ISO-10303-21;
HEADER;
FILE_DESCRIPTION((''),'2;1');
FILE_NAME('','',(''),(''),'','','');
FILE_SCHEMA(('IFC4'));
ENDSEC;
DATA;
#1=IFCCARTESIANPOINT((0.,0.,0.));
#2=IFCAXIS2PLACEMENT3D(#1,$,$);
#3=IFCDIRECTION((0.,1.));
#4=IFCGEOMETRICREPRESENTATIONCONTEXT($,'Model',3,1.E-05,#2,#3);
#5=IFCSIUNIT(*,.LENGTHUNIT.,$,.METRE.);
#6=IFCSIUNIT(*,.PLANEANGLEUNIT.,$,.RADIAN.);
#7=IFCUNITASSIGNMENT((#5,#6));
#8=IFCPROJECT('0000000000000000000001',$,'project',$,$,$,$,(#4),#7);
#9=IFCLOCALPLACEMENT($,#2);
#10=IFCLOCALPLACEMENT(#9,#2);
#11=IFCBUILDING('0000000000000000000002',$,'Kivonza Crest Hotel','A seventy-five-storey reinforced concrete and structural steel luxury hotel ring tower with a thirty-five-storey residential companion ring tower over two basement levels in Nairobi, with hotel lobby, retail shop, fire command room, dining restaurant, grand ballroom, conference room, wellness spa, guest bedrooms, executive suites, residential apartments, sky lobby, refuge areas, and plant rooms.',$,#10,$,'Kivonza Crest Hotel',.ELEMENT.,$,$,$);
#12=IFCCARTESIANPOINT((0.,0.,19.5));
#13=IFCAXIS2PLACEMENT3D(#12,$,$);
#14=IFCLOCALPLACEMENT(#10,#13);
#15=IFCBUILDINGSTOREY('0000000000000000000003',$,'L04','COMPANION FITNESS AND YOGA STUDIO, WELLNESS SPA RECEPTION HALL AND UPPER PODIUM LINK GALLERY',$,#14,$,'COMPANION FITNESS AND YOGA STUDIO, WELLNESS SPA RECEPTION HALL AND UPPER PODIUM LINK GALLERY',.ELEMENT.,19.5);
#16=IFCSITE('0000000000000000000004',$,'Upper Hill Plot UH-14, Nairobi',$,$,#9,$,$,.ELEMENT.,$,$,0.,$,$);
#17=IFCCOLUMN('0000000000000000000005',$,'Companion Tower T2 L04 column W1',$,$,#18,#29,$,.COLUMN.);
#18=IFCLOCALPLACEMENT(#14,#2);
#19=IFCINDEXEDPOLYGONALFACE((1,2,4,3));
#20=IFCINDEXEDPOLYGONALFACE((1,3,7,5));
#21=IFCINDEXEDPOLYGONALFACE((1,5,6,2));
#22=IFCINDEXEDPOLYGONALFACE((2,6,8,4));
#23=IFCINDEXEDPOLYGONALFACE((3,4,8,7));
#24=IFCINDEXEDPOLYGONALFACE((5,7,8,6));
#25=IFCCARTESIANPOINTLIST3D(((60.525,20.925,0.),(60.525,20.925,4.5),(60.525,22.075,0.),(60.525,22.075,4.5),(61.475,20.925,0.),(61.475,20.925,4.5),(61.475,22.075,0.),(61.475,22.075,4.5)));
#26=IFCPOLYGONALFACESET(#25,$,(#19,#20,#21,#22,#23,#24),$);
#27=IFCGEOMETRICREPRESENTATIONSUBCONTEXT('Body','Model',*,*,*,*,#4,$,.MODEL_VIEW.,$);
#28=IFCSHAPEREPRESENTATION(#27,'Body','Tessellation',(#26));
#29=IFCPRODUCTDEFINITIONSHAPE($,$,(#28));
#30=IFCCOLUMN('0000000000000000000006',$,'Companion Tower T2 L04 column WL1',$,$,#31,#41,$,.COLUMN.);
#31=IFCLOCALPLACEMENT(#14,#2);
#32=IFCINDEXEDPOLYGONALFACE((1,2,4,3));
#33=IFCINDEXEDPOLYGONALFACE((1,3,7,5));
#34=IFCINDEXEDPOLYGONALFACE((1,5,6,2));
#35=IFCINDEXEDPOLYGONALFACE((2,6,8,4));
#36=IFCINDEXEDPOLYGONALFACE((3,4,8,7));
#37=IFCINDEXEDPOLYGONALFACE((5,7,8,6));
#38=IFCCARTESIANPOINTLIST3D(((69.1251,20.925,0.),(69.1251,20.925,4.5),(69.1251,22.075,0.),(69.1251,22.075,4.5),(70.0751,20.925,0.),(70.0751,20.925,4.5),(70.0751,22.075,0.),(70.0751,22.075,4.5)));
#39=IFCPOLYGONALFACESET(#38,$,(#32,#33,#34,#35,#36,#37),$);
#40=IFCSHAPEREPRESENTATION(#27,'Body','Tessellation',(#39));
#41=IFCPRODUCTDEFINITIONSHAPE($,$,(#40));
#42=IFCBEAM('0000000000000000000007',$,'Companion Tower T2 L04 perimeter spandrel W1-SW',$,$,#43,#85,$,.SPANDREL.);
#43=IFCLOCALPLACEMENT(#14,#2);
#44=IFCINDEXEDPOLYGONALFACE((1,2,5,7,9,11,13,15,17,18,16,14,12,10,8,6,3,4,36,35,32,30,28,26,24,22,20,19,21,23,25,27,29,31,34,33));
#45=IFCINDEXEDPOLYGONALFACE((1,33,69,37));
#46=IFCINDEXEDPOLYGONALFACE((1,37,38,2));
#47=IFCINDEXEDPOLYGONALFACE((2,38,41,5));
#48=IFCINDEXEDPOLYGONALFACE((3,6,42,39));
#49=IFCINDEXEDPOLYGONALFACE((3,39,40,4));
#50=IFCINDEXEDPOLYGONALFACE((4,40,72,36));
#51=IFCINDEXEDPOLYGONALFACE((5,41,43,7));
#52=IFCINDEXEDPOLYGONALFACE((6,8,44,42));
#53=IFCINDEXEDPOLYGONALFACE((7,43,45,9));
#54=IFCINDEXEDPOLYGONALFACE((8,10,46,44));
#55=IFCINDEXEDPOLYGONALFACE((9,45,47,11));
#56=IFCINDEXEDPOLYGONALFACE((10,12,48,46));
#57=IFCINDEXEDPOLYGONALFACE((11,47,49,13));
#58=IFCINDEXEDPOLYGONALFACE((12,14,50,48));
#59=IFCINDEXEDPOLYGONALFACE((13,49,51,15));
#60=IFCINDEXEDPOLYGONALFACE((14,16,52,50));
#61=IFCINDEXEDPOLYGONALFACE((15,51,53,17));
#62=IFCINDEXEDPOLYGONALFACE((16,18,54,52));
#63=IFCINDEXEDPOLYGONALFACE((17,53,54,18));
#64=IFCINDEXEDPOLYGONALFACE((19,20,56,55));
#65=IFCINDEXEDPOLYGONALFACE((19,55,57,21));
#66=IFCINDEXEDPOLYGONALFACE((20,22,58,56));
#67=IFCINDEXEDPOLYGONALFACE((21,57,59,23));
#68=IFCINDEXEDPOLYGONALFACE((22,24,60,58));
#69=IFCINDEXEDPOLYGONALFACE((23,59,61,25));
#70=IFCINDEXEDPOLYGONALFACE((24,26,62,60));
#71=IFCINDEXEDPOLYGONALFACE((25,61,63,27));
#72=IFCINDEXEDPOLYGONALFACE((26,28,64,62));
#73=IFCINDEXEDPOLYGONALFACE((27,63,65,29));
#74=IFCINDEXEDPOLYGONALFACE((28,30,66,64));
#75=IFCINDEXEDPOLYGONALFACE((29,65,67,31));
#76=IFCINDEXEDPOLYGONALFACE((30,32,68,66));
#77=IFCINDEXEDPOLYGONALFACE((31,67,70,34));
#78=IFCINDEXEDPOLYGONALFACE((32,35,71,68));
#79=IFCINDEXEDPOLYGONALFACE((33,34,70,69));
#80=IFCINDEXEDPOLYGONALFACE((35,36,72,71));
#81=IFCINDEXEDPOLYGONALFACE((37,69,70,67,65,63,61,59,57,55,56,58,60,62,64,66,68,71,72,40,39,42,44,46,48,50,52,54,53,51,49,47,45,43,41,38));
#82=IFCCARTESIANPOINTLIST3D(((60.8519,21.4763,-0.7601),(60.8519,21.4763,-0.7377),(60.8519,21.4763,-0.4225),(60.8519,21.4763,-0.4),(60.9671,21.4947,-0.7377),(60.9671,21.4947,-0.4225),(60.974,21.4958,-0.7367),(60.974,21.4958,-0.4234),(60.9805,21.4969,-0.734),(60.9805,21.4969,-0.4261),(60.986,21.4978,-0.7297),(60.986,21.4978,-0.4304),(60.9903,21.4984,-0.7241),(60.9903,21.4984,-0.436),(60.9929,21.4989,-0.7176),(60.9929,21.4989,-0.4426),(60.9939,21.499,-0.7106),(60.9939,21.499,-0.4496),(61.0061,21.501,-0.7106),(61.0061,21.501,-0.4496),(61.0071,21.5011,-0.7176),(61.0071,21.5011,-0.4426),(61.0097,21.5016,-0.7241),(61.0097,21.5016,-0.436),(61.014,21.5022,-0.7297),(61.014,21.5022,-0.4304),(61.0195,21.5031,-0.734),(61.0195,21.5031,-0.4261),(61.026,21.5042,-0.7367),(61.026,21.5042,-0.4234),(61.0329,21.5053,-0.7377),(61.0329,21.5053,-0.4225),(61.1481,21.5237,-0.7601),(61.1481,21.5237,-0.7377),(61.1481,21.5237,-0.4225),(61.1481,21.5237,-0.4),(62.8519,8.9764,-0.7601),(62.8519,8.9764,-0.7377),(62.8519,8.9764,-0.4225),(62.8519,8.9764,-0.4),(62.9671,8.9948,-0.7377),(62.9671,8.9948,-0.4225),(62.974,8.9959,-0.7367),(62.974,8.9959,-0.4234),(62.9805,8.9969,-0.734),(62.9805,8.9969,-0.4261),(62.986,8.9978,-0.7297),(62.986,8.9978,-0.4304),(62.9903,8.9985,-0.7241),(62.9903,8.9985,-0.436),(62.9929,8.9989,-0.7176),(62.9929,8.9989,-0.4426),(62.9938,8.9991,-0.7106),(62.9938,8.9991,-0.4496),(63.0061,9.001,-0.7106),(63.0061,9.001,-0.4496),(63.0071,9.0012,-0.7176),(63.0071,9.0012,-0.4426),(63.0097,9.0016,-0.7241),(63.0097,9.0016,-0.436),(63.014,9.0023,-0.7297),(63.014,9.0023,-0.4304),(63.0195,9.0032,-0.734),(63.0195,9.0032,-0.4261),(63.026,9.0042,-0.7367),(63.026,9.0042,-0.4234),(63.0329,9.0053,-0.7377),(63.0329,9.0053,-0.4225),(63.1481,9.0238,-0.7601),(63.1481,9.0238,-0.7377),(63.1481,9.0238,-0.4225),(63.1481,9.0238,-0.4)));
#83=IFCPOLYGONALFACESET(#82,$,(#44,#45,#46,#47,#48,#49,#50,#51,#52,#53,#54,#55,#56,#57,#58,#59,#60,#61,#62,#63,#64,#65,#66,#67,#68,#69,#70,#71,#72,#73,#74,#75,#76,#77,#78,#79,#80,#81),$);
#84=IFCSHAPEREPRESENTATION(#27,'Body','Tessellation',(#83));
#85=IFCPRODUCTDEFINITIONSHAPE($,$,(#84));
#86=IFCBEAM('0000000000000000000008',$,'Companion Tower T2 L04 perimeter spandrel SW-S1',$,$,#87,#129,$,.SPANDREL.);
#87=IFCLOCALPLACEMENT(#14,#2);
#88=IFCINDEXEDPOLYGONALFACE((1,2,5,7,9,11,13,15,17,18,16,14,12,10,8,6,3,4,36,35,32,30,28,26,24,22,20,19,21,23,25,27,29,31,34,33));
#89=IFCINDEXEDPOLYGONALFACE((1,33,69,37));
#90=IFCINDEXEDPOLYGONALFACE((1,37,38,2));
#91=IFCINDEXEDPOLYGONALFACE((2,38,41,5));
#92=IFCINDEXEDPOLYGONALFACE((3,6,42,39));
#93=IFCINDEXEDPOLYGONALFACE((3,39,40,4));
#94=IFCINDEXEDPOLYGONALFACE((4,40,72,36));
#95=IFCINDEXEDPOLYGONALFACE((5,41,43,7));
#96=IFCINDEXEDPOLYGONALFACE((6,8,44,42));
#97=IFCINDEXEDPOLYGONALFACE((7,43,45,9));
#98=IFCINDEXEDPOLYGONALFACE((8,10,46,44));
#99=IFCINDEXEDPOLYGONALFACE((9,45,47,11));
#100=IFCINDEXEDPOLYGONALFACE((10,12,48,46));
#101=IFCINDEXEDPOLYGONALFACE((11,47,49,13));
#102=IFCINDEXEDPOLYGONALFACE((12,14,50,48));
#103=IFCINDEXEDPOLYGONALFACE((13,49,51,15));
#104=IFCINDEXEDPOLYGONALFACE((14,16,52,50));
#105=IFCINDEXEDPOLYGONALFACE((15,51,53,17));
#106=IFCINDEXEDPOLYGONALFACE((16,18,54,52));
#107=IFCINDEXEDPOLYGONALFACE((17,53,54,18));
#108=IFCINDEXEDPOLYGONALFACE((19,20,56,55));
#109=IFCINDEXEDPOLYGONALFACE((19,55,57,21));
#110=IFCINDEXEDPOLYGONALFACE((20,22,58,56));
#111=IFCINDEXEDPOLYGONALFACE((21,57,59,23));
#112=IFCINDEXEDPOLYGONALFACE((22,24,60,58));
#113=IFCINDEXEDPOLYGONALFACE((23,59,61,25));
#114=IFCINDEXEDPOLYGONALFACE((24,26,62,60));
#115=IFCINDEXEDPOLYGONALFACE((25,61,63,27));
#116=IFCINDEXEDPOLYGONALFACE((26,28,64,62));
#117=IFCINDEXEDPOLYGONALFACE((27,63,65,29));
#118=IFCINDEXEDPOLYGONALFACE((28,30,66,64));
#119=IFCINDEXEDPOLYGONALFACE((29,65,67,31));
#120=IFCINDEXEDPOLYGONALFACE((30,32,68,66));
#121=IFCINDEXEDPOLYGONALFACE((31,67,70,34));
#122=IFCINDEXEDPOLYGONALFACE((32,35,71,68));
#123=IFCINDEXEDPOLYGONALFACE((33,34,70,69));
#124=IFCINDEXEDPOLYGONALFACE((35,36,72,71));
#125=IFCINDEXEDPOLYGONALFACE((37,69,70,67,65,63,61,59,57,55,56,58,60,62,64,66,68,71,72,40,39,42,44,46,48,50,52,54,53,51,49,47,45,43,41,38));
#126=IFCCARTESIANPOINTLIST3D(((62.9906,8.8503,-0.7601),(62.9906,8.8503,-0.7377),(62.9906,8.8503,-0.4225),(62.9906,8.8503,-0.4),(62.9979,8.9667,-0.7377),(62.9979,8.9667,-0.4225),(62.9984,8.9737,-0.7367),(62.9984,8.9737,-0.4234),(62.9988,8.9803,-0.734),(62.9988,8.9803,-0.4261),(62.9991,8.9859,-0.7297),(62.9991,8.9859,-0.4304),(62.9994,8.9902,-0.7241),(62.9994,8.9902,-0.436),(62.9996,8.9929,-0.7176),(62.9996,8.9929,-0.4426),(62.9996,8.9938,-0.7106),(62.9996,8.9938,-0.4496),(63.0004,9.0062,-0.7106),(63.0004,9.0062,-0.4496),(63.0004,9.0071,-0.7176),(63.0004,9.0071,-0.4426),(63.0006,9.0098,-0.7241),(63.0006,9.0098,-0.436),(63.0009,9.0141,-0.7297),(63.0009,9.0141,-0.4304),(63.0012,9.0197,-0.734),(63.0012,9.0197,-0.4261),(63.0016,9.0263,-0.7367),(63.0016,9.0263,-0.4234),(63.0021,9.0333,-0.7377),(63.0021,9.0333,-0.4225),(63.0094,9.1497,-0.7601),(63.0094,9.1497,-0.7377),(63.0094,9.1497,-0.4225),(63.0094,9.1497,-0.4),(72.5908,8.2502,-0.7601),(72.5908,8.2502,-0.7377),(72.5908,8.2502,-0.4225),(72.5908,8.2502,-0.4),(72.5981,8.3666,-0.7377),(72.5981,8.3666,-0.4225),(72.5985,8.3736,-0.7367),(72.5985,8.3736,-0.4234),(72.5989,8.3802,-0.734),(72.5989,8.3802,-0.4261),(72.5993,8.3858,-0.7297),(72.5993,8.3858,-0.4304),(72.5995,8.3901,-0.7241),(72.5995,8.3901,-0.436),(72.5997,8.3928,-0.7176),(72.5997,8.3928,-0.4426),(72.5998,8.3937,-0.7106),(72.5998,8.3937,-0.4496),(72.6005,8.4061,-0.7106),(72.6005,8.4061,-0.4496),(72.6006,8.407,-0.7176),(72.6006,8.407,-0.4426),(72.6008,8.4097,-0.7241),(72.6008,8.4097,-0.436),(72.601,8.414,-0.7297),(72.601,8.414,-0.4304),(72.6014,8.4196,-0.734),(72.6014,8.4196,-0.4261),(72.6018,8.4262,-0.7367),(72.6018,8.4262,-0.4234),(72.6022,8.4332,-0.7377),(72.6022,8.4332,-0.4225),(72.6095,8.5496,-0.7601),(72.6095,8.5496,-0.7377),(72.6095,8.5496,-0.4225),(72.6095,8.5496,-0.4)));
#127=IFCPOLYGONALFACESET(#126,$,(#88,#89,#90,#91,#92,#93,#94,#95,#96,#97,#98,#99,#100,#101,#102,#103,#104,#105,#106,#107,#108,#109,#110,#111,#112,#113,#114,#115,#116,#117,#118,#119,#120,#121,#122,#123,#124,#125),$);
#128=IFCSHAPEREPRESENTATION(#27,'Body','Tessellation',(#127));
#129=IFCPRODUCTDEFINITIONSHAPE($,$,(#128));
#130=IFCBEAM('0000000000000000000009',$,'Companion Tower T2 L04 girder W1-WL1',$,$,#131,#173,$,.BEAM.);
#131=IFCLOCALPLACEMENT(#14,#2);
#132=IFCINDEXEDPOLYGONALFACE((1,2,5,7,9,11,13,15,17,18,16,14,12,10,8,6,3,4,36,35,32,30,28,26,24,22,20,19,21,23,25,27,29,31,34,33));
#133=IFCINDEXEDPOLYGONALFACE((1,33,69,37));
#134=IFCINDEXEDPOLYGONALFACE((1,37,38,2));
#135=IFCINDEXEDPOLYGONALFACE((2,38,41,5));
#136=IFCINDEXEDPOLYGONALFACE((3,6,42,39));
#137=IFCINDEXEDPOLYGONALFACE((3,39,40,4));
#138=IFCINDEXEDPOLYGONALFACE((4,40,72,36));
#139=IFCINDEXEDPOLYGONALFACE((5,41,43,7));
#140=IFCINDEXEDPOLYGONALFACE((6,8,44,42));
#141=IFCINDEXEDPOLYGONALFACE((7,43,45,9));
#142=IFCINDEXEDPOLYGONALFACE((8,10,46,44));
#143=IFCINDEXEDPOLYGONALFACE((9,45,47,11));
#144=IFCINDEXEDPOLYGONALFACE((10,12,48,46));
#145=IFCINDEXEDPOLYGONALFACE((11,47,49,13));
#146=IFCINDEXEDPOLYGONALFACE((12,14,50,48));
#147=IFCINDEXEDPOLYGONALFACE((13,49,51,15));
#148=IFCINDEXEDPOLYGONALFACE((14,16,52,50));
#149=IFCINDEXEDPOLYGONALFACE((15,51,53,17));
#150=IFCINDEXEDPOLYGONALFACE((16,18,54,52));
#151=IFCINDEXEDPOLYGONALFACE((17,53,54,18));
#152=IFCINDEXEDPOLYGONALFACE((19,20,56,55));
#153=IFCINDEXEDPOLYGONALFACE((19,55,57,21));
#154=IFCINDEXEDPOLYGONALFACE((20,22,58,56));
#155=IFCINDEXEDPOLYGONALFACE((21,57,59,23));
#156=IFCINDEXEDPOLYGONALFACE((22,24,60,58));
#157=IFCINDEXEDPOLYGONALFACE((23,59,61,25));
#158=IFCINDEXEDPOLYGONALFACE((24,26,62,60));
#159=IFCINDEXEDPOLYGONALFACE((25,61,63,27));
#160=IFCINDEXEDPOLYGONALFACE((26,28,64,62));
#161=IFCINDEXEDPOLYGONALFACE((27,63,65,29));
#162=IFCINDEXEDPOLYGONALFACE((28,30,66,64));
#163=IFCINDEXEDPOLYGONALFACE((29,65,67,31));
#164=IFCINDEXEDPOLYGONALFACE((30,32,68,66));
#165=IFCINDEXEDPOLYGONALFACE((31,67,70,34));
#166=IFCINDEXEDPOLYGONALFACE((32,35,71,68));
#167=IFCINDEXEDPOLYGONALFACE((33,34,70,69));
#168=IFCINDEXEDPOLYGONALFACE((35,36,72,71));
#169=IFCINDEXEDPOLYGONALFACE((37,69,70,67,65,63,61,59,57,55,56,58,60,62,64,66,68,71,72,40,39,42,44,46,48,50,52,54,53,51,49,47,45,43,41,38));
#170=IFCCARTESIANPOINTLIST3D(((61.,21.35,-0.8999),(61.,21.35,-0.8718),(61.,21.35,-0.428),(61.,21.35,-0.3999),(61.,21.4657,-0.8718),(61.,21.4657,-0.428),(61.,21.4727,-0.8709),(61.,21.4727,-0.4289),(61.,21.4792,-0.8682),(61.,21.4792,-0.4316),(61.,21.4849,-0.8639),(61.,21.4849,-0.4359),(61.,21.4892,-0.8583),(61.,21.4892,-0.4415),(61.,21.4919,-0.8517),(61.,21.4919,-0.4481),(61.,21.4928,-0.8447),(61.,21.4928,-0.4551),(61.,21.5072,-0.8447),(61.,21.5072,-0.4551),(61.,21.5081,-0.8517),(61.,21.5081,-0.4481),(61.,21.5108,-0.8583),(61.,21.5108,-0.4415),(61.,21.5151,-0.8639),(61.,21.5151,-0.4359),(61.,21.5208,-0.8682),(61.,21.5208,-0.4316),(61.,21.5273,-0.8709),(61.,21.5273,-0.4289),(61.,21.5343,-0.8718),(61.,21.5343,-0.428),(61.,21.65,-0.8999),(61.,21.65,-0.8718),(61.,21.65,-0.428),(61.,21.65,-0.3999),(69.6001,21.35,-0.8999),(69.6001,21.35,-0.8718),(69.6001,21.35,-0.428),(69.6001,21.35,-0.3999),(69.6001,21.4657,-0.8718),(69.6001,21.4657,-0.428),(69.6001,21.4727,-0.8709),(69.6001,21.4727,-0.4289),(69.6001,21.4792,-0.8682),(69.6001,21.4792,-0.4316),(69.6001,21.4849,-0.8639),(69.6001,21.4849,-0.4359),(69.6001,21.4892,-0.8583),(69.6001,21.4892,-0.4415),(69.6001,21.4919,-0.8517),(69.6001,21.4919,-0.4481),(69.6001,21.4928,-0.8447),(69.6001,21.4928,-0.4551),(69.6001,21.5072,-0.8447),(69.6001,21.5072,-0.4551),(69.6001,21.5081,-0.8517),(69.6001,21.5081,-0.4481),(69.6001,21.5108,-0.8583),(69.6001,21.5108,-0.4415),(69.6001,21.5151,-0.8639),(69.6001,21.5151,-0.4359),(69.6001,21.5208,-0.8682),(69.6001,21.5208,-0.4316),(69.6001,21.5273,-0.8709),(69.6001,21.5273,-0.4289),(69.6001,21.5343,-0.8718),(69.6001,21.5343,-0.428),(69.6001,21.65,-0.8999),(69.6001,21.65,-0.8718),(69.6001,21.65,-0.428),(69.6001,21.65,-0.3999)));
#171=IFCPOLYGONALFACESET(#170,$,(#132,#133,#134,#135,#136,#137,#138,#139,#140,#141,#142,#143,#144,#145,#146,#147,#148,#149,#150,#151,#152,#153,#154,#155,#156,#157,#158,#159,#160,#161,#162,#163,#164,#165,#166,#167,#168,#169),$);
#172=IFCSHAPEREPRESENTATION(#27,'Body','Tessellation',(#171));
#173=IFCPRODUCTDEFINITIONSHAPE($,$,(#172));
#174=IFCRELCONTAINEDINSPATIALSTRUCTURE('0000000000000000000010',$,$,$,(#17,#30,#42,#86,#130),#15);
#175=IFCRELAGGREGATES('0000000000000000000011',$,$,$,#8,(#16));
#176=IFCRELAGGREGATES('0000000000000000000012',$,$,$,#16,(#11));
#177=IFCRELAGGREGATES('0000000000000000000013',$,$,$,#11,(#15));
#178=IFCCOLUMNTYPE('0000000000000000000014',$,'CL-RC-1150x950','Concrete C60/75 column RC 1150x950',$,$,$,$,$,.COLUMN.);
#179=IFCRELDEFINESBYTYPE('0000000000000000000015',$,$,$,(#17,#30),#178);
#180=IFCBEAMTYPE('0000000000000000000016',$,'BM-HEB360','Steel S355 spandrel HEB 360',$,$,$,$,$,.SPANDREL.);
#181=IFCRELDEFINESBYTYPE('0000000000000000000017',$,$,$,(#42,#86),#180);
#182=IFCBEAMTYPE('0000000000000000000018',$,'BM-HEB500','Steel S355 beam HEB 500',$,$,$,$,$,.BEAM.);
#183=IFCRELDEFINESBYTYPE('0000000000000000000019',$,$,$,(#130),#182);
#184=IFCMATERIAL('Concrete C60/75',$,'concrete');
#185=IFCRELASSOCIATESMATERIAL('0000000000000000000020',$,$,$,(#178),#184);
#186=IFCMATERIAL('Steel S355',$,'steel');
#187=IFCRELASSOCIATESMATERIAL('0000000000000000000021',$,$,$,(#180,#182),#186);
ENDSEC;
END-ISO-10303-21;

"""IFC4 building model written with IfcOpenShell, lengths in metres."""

from ifc_helpers import new_model, si_unit, direction, frame, origin, origin_2d, place, context, subcontext, project, spatial, rectangle, i_section, extrude, material, material_profile, profile_set, type_object, element, save


model = new_model("IFC4")

# Units and contexts
model_context = context("Model", 3, precision=1e-05, world=origin(), true_north=direction((0.0, 1.0)))
body_context = subcontext(model_context, "Body", "Model", "MODEL_VIEW")
ifc_project = project(units=[si_unit("LENGTHUNIT", "METRE"), si_unit("PLANEANGLEUNIT", "RADIAN")], contexts=[model_context])

# Site, building, storey
site_placement = place(None, origin())
site = spatial("IfcSite", under=ifc_project, at=site_placement, Name="Upper Hill Plot UH-14, Nairobi", CompositionType="ELEMENT", RefElevation=0.0)
building_placement = place(site_placement, origin())
building = spatial("IfcBuilding", under=site, at=building_placement, Name="Kivonza Crest Hotel", Description="A seventy-five-storey reinforced concrete and structural steel luxury hotel ring tower with a thirty-five-storey residential companion ring tower over two basement levels in Nairobi, with hotel lobby, retail shop, fire command room, dining restaurant, grand ballroom, conference room, wellness spa, guest bedrooms, executive suites, residential apartments, sky lobby, refuge areas, and plant rooms.", LongName="Kivonza Crest Hotel", CompositionType="ELEMENT")
storey_placement = place(building_placement, frame((0.0, 0.0, 19.5)))
storey = spatial("IfcBuildingStorey", under=building, at=storey_placement, Name="L04", Description="COMPANION FITNESS AND YOGA STUDIO, WELLNESS SPA RECEPTION HALL AND UPPER PODIUM LINK GALLERY", LongName="COMPANION FITNESS AND YOGA STUDIO, WELLNESS SPA RECEPTION HALL AND UPPER PODIUM LINK GALLERY", CompositionType="ELEMENT", Elevation=19.5)

# Columns
ifc_material_1 = material(Name="Concrete C60/75", Category="concrete")
ifc_material_profile_1 = material_profile(ifc_material_1, rectangle(XDim=0.95, YDim=1.1499, at=origin_2d()), Name="RC 1150x950")
ifc_profile_set_1 = profile_set([ifc_material_profile_1], Name="Concrete C60/75")
column_type = type_object("IfcColumnType", Name="CL-RC-1150x950", Description="Concrete C60/75 column RC 1150x950", PredefinedType="COLUMN", material=ifc_profile_set_1)
for number, where, z_axis, x_axis, name in (
    (1, (61.0, 21.5, 0.0), (0.0, 0.0, 1.0), (1.0, 0.0, 0.0), "Companion Tower T2 L04 column W1"),
    (2, (69.6001, 21.5, 0.0), (0.0, 0.0, 1.0), (1.0, 0.0, 0.0), "Companion Tower T2 L04 column WL1"),
):
    element("IfcColumn", number, at=place(storey_placement, frame(where, z_axis=z_axis, x_axis=x_axis)), inside=storey, type_object=column_type, Name=name, PredefinedType="COLUMN", context=body_context, shape_type="SweptSolid", body=[
        extrude(rectangle(XDim=0.95, YDim=1.1499, at=origin_2d()), origin(), (0.0, 0.0, 1.0), 4.5),
    ])

# Beams
ifc_material_2 = material(Name="Steel S355", Category="steel")
ifc_material_profile_2 = material_profile(ifc_material_2, i_section(OverallWidth=0.3, OverallDepth=0.3601, WebThickness=0.0125, FlangeThickness=0.0225, FilletRadius=0.0271, at=origin_2d()), Name="HEB 360")
ifc_profile_set_2 = profile_set([ifc_material_profile_2], Name="Steel S355")
beam_type_1 = type_object("IfcBeamType", Name="BM-HEB360", Description="Steel S355 spandrel HEB 360", PredefinedType="SPANDREL", material=ifc_profile_set_2)
beam_1_placement = place(storey_placement, frame((61.0, 21.5, -0.5801), z_axis=(0.157991, -0.987441, 0.0), x_axis=(0.987441, 0.157991, 0.0)))
element("IfcBeam", 3, at=beam_1_placement, inside=storey, type_object=beam_type_1, Name="Companion Tower T2 L04 perimeter spandrel W1-SW", PredefinedType="SPANDREL", context=body_context, shape_type="SweptSolid", body=[
    extrude(i_section(OverallWidth=0.3, OverallDepth=0.3601, WebThickness=0.0125, FlangeThickness=0.0225, FilletRadius=0.0271, at=origin_2d()), origin(), (0.0, 0.0, 1.0), 12.6589),
])
beam_2_placement = place(storey_placement, frame((63.0, 9.0, -0.5801), z_axis=(0.998052, -0.062388, 0.0), x_axis=(0.062388, 0.998052, 0.0)))
element("IfcBeam", 4, at=beam_2_placement, inside=storey, type_object=beam_type_1, Name="Companion Tower T2 L04 perimeter spandrel SW-S1", PredefinedType="SPANDREL", context=body_context, shape_type="SweptSolid", body=[
    extrude(i_section(OverallWidth=0.3, OverallDepth=0.3601, WebThickness=0.0125, FlangeThickness=0.0225, FilletRadius=0.0271, at=origin_2d()), origin(), (0.0, 0.0, 1.0), 9.6189),
])
ifc_material_profile_3 = material_profile(ifc_material_2, i_section(OverallWidth=0.3, OverallDepth=0.5, WebThickness=0.0144, FlangeThickness=0.0281, FilletRadius=0.0271, at=origin_2d()), Name="HEB 500")
ifc_profile_set_3 = profile_set([ifc_material_profile_3], Name="Steel S355")
beam_type_2 = type_object("IfcBeamType", Name="BM-HEB500", Description="Steel S355 beam HEB 500", PredefinedType="BEAM", material=ifc_profile_set_3)
beam_3_placement = place(storey_placement, frame((61.0, 21.5, -0.6499), z_axis=(1.0, 0.0, 0.0), x_axis=(0.0, 1.0, 0.0)))
element("IfcBeam", 5, at=beam_3_placement, inside=storey, type_object=beam_type_2, Name="Companion Tower T2 L04 girder W1-WL1", PredefinedType="BEAM", context=body_context, shape_type="SweptSolid", body=[
    extrude(i_section(OverallWidth=0.3, OverallDepth=0.5, WebThickness=0.0144, FlangeThickness=0.0281, FilletRadius=0.0271, at=origin_2d()), origin(), (0.0, 0.0, 1.0), 8.6001),
])

save(model, "model.ifc")
